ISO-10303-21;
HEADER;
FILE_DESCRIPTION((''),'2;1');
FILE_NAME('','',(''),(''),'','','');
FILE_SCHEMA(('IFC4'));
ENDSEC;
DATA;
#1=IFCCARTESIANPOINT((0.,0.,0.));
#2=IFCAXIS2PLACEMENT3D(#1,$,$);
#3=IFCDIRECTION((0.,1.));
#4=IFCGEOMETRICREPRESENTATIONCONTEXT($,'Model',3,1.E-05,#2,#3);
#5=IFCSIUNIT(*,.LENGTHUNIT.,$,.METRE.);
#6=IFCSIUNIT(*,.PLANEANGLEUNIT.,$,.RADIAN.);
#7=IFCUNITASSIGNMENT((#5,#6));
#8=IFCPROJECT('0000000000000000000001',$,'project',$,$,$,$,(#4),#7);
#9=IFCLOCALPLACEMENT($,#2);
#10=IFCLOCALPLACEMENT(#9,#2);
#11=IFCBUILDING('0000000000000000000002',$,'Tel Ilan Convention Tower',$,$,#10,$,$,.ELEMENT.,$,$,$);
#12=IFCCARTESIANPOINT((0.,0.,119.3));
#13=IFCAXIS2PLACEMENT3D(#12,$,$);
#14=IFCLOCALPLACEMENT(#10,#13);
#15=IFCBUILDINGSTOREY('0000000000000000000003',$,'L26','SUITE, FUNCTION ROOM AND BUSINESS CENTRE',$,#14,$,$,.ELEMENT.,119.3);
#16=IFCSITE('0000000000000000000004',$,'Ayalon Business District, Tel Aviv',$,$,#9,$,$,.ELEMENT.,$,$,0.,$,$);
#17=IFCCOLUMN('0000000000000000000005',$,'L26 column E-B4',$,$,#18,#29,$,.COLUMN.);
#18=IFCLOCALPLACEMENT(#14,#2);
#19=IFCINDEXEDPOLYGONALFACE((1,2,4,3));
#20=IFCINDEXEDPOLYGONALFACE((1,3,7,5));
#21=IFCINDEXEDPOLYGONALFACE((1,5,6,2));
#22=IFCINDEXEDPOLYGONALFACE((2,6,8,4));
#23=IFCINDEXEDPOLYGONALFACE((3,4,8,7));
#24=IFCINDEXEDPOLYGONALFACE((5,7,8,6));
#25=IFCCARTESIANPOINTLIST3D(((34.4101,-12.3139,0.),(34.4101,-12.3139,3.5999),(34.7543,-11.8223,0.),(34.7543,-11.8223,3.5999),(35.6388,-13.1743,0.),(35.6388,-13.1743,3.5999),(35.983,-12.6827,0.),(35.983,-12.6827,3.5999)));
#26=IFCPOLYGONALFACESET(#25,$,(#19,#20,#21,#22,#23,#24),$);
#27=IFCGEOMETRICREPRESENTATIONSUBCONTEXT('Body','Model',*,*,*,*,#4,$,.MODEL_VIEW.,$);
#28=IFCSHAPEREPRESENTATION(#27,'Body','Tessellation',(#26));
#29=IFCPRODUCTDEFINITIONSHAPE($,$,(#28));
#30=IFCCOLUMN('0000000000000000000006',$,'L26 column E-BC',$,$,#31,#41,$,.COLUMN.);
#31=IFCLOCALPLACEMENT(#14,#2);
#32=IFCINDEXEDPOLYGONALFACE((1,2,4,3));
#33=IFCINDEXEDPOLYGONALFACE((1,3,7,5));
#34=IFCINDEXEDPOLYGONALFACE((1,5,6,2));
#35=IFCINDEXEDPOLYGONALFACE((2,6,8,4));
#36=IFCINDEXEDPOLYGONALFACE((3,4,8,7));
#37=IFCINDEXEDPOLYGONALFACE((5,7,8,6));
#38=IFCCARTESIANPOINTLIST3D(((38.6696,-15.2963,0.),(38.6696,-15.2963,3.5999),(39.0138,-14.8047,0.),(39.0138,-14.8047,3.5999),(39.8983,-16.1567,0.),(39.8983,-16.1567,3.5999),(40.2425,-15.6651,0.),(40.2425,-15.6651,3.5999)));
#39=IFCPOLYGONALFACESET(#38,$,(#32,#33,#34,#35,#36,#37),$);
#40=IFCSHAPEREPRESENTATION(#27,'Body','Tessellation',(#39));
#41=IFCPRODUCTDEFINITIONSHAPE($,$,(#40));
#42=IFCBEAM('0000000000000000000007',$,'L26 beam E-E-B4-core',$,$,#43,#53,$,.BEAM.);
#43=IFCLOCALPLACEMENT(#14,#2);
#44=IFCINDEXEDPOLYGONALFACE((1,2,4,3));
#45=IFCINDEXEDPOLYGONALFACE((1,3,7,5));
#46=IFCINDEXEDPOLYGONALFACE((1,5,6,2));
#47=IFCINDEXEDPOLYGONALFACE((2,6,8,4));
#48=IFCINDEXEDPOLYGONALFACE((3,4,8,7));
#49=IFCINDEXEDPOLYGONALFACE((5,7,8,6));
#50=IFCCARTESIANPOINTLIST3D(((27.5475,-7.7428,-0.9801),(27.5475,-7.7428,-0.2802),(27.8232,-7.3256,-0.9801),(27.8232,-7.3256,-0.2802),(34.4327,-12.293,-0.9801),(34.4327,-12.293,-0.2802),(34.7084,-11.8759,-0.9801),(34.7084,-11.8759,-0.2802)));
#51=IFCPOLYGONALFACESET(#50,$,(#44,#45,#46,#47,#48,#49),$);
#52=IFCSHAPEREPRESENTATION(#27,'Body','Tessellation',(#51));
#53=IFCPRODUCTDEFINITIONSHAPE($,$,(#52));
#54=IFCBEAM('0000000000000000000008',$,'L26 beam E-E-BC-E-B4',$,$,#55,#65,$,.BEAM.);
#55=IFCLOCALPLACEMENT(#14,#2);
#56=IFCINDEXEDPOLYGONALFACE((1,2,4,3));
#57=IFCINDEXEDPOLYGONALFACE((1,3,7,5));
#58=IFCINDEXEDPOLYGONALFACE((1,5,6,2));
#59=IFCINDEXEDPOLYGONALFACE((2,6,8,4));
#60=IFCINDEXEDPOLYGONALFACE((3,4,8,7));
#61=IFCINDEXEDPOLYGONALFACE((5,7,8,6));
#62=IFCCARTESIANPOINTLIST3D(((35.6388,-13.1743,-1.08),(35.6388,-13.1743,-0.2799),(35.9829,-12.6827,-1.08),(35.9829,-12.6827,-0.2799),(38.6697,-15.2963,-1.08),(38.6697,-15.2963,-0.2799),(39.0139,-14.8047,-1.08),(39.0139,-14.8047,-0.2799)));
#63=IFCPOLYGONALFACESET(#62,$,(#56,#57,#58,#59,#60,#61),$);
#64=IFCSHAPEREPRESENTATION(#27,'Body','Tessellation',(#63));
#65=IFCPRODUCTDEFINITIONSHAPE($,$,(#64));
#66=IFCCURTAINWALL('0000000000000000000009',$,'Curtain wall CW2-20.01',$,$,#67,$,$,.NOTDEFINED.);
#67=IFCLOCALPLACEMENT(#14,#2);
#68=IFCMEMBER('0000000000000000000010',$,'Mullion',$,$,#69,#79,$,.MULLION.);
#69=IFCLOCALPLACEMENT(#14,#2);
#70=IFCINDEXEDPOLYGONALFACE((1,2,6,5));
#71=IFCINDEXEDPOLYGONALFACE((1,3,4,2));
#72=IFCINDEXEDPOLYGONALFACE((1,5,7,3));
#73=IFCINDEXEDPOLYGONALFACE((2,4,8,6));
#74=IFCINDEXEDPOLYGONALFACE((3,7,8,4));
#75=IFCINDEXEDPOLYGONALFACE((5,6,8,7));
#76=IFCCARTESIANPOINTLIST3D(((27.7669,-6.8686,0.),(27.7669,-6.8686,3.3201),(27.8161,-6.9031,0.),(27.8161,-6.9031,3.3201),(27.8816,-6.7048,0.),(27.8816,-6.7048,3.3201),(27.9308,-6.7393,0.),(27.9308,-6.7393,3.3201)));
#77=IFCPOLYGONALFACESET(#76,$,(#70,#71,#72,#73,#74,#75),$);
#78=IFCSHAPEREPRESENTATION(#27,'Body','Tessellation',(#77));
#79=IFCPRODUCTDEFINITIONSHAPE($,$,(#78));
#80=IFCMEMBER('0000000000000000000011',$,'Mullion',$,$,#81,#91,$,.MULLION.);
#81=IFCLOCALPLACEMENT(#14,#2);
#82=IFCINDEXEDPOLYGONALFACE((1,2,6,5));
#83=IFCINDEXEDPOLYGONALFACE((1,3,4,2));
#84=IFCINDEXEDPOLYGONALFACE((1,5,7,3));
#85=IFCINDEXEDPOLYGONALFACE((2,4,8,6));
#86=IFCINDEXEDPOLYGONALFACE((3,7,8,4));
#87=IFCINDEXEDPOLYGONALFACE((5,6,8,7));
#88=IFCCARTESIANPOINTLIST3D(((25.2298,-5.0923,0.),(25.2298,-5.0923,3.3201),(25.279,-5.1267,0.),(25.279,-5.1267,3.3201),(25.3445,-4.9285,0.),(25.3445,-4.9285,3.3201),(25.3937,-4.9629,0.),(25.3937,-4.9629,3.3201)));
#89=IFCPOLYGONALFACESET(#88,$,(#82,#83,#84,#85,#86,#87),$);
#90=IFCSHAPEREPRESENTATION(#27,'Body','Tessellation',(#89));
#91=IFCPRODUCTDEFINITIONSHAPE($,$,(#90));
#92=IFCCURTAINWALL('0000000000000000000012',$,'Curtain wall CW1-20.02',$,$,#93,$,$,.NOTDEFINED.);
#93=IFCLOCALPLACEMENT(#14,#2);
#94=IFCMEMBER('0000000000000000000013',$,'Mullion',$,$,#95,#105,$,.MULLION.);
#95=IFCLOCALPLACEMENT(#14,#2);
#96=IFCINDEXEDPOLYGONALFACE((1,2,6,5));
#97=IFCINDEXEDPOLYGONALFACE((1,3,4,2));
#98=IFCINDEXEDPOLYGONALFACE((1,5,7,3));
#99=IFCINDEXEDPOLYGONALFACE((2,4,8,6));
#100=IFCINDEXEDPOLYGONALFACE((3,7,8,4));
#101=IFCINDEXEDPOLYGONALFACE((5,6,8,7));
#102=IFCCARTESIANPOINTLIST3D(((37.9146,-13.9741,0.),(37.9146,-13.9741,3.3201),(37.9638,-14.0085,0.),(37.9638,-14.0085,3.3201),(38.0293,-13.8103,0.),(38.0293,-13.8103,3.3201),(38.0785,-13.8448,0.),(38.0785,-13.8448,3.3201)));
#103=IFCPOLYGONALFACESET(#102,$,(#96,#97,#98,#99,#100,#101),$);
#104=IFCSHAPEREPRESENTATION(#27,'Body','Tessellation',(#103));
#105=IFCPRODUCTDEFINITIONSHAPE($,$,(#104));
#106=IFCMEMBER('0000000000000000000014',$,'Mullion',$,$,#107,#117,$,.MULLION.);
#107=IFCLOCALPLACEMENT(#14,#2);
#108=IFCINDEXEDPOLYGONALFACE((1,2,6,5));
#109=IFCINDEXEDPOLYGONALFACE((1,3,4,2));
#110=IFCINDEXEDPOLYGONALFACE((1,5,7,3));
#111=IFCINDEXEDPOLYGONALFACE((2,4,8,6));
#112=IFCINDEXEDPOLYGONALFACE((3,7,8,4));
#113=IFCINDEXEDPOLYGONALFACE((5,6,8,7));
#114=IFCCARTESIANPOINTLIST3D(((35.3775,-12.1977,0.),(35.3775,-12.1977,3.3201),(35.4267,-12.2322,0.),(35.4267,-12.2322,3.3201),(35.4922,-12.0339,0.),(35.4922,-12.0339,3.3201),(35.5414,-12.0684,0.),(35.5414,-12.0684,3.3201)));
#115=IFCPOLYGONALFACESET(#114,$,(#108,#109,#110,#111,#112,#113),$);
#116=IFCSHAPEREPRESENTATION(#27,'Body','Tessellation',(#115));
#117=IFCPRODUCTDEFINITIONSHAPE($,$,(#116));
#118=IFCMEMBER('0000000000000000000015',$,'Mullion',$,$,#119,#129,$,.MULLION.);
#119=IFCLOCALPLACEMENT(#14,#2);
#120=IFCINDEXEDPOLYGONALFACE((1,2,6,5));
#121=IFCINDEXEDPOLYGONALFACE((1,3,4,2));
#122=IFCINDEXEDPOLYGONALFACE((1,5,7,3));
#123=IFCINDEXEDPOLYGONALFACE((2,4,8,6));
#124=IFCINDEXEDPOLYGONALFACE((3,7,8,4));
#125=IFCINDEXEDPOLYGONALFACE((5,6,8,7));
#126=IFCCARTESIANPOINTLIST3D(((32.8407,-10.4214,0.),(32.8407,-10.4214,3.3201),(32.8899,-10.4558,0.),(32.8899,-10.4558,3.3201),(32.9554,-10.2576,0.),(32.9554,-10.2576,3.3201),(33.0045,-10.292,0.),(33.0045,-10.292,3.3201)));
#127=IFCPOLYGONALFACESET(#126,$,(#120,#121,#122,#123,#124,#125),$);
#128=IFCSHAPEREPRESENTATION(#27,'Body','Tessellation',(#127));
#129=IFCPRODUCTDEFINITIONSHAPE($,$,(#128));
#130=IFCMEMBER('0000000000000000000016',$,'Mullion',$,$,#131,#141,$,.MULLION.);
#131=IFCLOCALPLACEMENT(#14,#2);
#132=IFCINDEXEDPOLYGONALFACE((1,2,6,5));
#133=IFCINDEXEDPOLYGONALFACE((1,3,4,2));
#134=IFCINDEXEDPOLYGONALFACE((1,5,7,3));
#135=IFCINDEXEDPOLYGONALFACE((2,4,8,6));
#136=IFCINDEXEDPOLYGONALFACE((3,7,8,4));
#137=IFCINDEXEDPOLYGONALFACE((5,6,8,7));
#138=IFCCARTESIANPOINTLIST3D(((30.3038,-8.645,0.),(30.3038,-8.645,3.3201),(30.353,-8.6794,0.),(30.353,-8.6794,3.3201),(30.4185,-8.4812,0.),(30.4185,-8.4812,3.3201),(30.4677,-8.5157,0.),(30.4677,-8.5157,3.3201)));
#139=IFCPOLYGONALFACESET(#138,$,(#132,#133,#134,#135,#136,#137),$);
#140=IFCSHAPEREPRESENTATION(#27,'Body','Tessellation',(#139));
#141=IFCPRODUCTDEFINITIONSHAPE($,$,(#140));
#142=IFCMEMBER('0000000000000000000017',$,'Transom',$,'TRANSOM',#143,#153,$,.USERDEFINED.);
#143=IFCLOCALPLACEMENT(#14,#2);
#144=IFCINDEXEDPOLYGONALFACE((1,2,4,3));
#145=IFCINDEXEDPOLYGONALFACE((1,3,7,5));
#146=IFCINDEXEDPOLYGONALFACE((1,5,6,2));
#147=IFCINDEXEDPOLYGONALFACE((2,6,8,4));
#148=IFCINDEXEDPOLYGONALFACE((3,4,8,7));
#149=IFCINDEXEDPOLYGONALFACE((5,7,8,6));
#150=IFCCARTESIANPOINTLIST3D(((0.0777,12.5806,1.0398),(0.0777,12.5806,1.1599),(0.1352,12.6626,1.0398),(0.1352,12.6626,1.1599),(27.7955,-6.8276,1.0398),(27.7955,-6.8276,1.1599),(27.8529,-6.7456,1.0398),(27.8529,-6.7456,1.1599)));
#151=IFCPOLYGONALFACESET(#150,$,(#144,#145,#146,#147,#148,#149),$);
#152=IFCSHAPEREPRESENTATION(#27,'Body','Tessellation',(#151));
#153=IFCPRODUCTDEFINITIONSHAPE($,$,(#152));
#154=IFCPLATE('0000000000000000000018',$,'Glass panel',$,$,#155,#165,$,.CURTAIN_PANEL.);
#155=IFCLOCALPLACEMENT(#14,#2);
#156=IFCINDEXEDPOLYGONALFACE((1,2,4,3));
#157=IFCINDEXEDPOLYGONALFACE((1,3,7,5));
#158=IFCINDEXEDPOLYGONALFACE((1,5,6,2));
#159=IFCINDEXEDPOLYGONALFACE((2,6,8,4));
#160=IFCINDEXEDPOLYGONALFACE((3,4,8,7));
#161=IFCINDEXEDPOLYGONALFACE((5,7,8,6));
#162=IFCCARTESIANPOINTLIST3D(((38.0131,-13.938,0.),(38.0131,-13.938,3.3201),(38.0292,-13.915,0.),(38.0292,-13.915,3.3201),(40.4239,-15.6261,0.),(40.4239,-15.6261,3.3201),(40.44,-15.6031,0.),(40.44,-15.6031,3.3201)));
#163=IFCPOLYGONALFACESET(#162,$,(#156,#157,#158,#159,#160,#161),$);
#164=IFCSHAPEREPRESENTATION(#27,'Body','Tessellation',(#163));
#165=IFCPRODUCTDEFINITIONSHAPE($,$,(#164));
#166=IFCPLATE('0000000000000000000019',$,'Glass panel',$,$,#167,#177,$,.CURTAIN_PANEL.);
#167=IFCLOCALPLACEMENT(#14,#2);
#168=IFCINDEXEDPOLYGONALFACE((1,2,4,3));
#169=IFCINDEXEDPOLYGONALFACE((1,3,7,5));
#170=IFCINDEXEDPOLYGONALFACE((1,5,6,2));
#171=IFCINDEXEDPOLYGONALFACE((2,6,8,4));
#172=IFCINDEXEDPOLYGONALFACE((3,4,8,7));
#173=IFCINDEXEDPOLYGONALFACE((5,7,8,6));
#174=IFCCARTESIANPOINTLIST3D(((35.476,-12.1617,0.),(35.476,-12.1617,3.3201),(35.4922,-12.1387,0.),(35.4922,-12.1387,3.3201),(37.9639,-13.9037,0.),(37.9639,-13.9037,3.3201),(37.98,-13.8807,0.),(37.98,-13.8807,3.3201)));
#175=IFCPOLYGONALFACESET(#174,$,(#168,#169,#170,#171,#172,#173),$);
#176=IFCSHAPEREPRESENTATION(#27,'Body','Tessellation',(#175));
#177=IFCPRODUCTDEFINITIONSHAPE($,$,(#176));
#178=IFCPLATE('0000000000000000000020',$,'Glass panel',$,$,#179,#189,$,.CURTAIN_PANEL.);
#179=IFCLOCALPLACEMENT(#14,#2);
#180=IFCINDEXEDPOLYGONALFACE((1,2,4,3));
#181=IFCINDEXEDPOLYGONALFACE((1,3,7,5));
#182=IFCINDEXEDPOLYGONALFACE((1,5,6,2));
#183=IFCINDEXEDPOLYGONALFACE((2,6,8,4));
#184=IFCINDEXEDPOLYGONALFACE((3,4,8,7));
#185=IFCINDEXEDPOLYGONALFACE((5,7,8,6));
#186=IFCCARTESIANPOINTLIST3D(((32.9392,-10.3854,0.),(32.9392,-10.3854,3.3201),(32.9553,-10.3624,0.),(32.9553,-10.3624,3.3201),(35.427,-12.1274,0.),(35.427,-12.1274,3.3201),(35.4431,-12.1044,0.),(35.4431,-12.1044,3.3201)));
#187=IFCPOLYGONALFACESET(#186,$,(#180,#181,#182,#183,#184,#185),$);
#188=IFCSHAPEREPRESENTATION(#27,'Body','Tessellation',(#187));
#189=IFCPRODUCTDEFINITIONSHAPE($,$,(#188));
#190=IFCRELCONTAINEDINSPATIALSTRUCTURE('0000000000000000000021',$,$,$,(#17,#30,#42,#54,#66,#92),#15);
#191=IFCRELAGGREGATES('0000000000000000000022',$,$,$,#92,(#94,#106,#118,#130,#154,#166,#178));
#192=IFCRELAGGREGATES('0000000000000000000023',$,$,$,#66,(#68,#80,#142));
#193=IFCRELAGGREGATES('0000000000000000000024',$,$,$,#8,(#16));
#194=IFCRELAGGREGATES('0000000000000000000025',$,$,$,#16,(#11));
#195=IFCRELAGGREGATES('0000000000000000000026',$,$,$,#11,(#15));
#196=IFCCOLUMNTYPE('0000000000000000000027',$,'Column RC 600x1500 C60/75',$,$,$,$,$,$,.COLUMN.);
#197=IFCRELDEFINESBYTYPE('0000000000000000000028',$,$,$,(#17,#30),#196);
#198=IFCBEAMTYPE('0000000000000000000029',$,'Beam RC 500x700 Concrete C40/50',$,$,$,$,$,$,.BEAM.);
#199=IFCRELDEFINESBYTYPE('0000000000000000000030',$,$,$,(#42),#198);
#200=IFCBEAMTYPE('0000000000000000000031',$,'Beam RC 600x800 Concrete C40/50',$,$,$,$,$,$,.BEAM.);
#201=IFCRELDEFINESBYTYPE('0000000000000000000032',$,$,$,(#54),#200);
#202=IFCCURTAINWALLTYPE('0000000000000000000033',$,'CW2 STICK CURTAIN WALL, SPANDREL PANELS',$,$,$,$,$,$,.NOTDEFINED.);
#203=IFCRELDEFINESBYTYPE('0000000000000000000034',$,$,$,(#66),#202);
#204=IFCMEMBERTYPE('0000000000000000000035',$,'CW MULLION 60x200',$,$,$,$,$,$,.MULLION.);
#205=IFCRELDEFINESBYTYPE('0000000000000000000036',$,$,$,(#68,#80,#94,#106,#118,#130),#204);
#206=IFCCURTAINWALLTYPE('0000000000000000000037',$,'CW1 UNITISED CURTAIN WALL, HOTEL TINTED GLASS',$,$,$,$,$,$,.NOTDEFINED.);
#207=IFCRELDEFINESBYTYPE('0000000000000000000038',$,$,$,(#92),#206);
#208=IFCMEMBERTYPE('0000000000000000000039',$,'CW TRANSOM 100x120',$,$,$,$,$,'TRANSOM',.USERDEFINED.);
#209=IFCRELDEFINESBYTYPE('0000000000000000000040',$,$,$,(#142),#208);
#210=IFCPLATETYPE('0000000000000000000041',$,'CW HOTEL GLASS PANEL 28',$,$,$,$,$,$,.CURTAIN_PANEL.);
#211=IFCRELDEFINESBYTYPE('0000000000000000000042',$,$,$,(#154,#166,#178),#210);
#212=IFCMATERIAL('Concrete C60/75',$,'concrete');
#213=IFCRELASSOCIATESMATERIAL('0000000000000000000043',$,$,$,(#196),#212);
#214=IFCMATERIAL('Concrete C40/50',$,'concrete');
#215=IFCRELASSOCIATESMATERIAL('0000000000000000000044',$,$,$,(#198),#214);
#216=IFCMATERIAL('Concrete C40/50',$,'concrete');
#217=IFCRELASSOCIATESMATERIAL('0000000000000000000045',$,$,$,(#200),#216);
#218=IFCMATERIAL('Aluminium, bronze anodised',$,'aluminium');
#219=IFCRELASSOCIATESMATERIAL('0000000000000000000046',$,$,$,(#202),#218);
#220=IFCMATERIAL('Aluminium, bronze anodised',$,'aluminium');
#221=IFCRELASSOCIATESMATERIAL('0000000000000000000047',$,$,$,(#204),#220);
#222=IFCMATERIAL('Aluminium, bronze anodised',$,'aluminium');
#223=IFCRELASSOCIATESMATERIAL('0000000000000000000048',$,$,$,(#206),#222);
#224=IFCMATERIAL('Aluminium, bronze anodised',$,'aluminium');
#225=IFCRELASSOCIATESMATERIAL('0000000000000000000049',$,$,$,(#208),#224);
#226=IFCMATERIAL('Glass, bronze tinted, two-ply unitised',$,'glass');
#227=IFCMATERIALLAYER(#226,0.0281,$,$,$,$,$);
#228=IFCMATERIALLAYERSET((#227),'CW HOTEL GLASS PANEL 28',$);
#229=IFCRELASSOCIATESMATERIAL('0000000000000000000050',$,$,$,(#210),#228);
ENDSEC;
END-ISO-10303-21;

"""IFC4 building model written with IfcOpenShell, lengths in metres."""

from ifc_helpers import new_model, si_unit, direction, frame, origin, origin_2d, place, context, subcontext, project, spatial, rectangle, extrude, material, layer, layer_set, material_profile, profile_set, type_object, element, aggregate, save


model = new_model("IFC4")

# Units and contexts
model_context = context("Model", 3, precision=1e-05, world=origin(), true_north=direction((0.0, 1.0)))
body_context = subcontext(model_context, "Body", "Model", "MODEL_VIEW")
ifc_project = project(units=[si_unit("LENGTHUNIT", "METRE"), si_unit("PLANEANGLEUNIT", "RADIAN")], contexts=[model_context])

# Site, building, storey
site_placement = place(None, origin())
site = spatial("IfcSite", under=ifc_project, at=site_placement, Name="Ayalon Business District, Tel Aviv", CompositionType="ELEMENT", RefElevation=0.0)
building_placement = place(site_placement, origin())
building = spatial("IfcBuilding", under=site, at=building_placement, Name="Tel Ilan Convention Tower", CompositionType="ELEMENT")
storey_placement = place(building_placement, frame((0.0, 0.0, 119.3)))
storey = spatial("IfcBuildingStorey", under=building, at=storey_placement, Name="L26", Description="SUITE, FUNCTION ROOM AND BUSINESS CENTRE", CompositionType="ELEMENT", Elevation=119.3)

# Columns
ifc_material_1 = material(Name="Concrete C60/75", Category="concrete")
ifc_material_profile_1 = material_profile(ifc_material_1, rectangle(XDim=1.5, YDim=0.6001, at=origin_2d()), Name="RC 600x1500")
ifc_profile_set_1 = profile_set([ifc_material_profile_1], Name="Concrete C60/75")
column_type = type_object("IfcColumnType", Name="Column RC 600x1500 C60/75", PredefinedType="COLUMN", material=ifc_profile_set_1)
for number, where, z_axis, x_axis, name in (
    (1, (35.1965, -12.4983, 0.0), (0.0, 0.0, 1.0), (0.819152, -0.573576, 0.0), "L26 column E-B4"),
    (2, (39.4561, -15.4807, 0.0), (0.0, 0.0, 1.0), (0.819152, -0.573576, 0.0), "L26 column E-BC"),
):
    element("IfcColumn", number, at=place(storey_placement, frame(where, z_axis=z_axis, x_axis=x_axis)), inside=storey, type_object=column_type, Name=name, PredefinedType="COLUMN", context=body_context, shape_type="SweptSolid", body=[
        extrude(rectangle(XDim=1.5, YDim=0.6001, at=origin_2d()), origin(), (0.0, 0.0, 1.0), 3.5999),
    ])

# Beams
ifc_material_2 = material(Name="Concrete C40/50", Category="concrete")
ifc_material_profile_2 = material_profile(ifc_material_2, rectangle(XDim=0.5, YDim=0.7, at=origin_2d()), Name="RC 500x700")
ifc_profile_set_2 = profile_set([ifc_material_profile_2], Name="Concrete C40/50")
beam_type_1 = type_object("IfcBeamType", Name="Beam RC 500x700 Concrete C40/50", PredefinedType="BEAM", material=ifc_profile_set_2)
beam_1_placement = place(storey_placement, frame((34.5706, -12.0845, -0.6301), z_axis=(-0.834274, 0.551351, 0.0), x_axis=(-0.551351, -0.834274, 0.0)))
element("IfcBeam", 3, at=beam_1_placement, inside=storey, type_object=beam_type_1, Name="L26 beam E-E-B4-core", PredefinedType="BEAM", context=body_context, shape_type="SweptSolid", body=[
    extrude(rectangle(XDim=0.5, YDim=0.7, at=origin_2d()), origin(), (0.0, 0.0, 1.0), 8.2529),
])
ifc_material_3 = material(Name="Concrete C40/50", Category="concrete")
ifc_material_profile_3 = material_profile(ifc_material_3, rectangle(XDim=0.6001, YDim=0.8, at=origin_2d()), Name="RC 600x800")
ifc_profile_set_3 = profile_set([ifc_material_profile_3], Name="Concrete C40/50")
beam_type_2 = type_object("IfcBeamType", Name="Beam RC 600x800 Concrete C40/50", PredefinedType="BEAM", material=ifc_profile_set_3)
beam_2_placement = place(storey_placement, frame((38.8418, -15.0505, -0.6799), z_axis=(-0.819185, 0.573529, 0.0), x_axis=(-0.573529, -0.819185, 0.0)))
element("IfcBeam", 4, at=beam_2_placement, inside=storey, type_object=beam_type_2, Name="L26 beam E-E-BC-E-B4", PredefinedType="BEAM", context=body_context, shape_type="SweptSolid", body=[
    extrude(rectangle(XDim=0.6001, YDim=0.8, at=origin_2d()), origin(), (0.0, 0.0, 1.0), 3.7),
])

# Curtain walls, members
ifc_material_4 = material(Name="Aluminium, bronze anodised", Category="aluminium")
curtain_wall_type_1 = type_object("IfcCurtainWallType", Name="CW2 STICK CURTAIN WALL, SPANDREL PANELS", PredefinedType="NOTDEFINED", material=ifc_material_4)
curtain_wall_1_placement = place(storey_placement, origin())
curtain_wall_1 = element("IfcCurtainWall", 5, at=curtain_wall_1_placement, inside=storey, type_object=curtain_wall_type_1, Name="Curtain wall CW2-20.01", PredefinedType="NOTDEFINED")
ifc_material_5 = material(Name="Aluminium, bronze anodised", Category="aluminium")
ifc_material_profile_4 = material_profile(ifc_material_5, rectangle(XDim=0.0601, YDim=0.2, at=origin_2d()), Name="CW MULLION 60x200")
ifc_profile_set_4 = profile_set([ifc_material_profile_4], Name="Aluminium, bronze anodised")
member_type_1 = type_object("IfcMemberType", Name="CW MULLION 60x200", PredefinedType="MULLION", material=ifc_profile_set_4)
member_1_placement = place(storey_placement, frame((27.8489, -6.804, 0.0), z_axis=(0.0, 0.0, 1.0), x_axis=(-0.819152, 0.573576, 0.0)))
member_1 = element("IfcMember", 6, at=member_1_placement, type_object=member_type_1, Name="Mullion", PredefinedType="MULLION", context=body_context, shape_type="SweptSolid", body=[
    extrude(rectangle(XDim=0.0601, YDim=0.2, at=origin_2d()), origin(), (0.0, 0.0, 1.0), 3.3201),
])
member_2_placement = place(storey_placement, frame((25.3118, -5.0276, 0.0), z_axis=(0.0, 0.0, 1.0), x_axis=(-0.819152, 0.573576, 0.0)))
member_2 = element("IfcMember", 7, at=member_2_placement, type_object=member_type_1, Name="Mullion", PredefinedType="MULLION", context=body_context, shape_type="SweptSolid", body=[
    extrude(rectangle(XDim=0.0601, YDim=0.2, at=origin_2d()), origin(), (0.0, 0.0, 1.0), 3.3201),
])
ifc_material_6 = material(Name="Aluminium, bronze anodised", Category="aluminium")
curtain_wall_type_2 = type_object("IfcCurtainWallType", Name="CW1 UNITISED CURTAIN WALL, HOTEL TINTED GLASS", PredefinedType="NOTDEFINED", material=ifc_material_6)
curtain_wall_2_placement = place(storey_placement, origin())
curtain_wall_2 = element("IfcCurtainWall", 8, at=curtain_wall_2_placement, inside=storey, type_object=curtain_wall_type_2, Name="Curtain wall CW1-20.02", PredefinedType="NOTDEFINED")
member_3_placement = place(storey_placement, frame((37.9966, -13.9094, 0.0), z_axis=(0.0, 0.0, 1.0), x_axis=(-0.819152, 0.573576, 0.0)))
member_3 = element("IfcMember", 9, at=member_3_placement, type_object=member_type_1, Name="Mullion", PredefinedType="MULLION", context=body_context, shape_type="SweptSolid", body=[
    extrude(rectangle(XDim=0.0601, YDim=0.2, at=origin_2d()), origin(), (0.0, 0.0, 1.0), 3.3201),
])
member_4_placement = place(storey_placement, frame((35.4595, -12.1331, 0.0), z_axis=(0.0, 0.0, 1.0), x_axis=(-0.819152, 0.573576, 0.0)))
member_4 = element("IfcMember", 10, at=member_4_placement, type_object=member_type_1, Name="Mullion", PredefinedType="MULLION", context=body_context, shape_type="SweptSolid", body=[
    extrude(rectangle(XDim=0.0601, YDim=0.2, at=origin_2d()), origin(), (0.0, 0.0, 1.0), 3.3201),
])
member_5_placement = place(storey_placement, frame((32.9226, -10.3567, 0.0), z_axis=(0.0, 0.0, 1.0), x_axis=(-0.819152, 0.573576, 0.0)))
member_5 = element("IfcMember", 11, at=member_5_placement, type_object=member_type_1, Name="Mullion", PredefinedType="MULLION", context=body_context, shape_type="SweptSolid", body=[
    extrude(rectangle(XDim=0.0601, YDim=0.2, at=origin_2d()), origin(), (0.0, 0.0, 1.0), 3.3201),
])
member_6_placement = place(storey_placement, frame((30.3857, -8.5803, 0.0), z_axis=(0.0, 0.0, 1.0), x_axis=(-0.819152, 0.573576, 0.0)))
member_6 = element("IfcMember", 12, at=member_6_placement, type_object=member_type_1, Name="Mullion", PredefinedType="MULLION", context=body_context, shape_type="SweptSolid", body=[
    extrude(rectangle(XDim=0.0601, YDim=0.2, at=origin_2d()), origin(), (0.0, 0.0, 1.0), 3.3201),
])

# Member
ifc_material_7 = material(Name="Aluminium, bronze anodised", Category="aluminium")
ifc_material_profile_5 = material_profile(ifc_material_7, rectangle(XDim=0.1001, YDim=0.1201, at=origin_2d()), Name="CW TRANSOM 100x120")
ifc_profile_set_5 = profile_set([ifc_material_profile_5], Name="Aluminium, bronze anodised")
member_type_2 = type_object("IfcMemberType", Name="CW TRANSOM 100x120", ElementType="TRANSOM", PredefinedType="USERDEFINED", material=ifc_profile_set_5)
member_7_placement = place(storey_placement, frame((27.8242, -6.7866, 1.0999), z_axis=(-0.819152, 0.573577, 0.0), x_axis=(-0.573577, -0.819152, 0.0)))
member_7 = element("IfcMember", 13, at=member_7_placement, type_object=member_type_2, Name="Transom", ObjectType="TRANSOM", PredefinedType="USERDEFINED", context=body_context, shape_type="SweptSolid", body=[
    extrude(rectangle(XDim=0.1001, YDim=0.1201, at=origin_2d()), origin(), (0.0, 0.0, 1.0), 33.8372),
])

# Plates
ifc_material_8 = material(Name="Glass, bronze tinted, two-ply unitised", Category="glass")
ifc_layer_1 = layer(ifc_material_8, 0.0281)
ifc_layer_set_1 = layer_set([ifc_layer_1], Name="CW HOTEL GLASS PANEL 28")
plate_type_1 = type_object("IfcPlateType", Name="CW HOTEL GLASS PANEL 28", PredefinedType="CURTAIN_PANEL", material=ifc_layer_set_1)
plate_1_placement = place(storey_placement, frame((39.2266, -14.7705, 0.0), z_axis=(0.0, 0.0, 1.0), x_axis=(-0.819152, 0.573576, 0.0)))
plate_1 = element("IfcPlate", 14, at=plate_1_placement, type_object=plate_type_1, Name="Glass panel", PredefinedType="CURTAIN_PANEL", context=body_context, shape_type="SweptSolid", body=[
    extrude(rectangle(XDim=2.9431, YDim=0.0281, at=origin_2d()), origin(), (0.0, 0.0, 1.0), 3.3201),
])
plate_2_placement = place(storey_placement, frame((36.728, -13.0212, 0.0), z_axis=(0.0, 0.0, 1.0), x_axis=(-0.819152, 0.573576, 0.0)))
plate_2 = element("IfcPlate", 15, at=plate_2_placement, type_object=plate_type_1, Name="Glass panel", PredefinedType="CURTAIN_PANEL", context=body_context, shape_type="SweptSolid", body=[
    extrude(rectangle(XDim=3.0371, YDim=0.0281, at=origin_2d()), origin(), (0.0, 0.0, 1.0), 3.3201),
])
plate_3_placement = place(storey_placement, frame((34.1912, -11.2449, 0.0), z_axis=(0.0, 0.0, 1.0), x_axis=(-0.819152, 0.573576, 0.0)))
plate_3 = element("IfcPlate", 16, at=plate_3_placement, type_object=plate_type_1, Name="Glass panel", PredefinedType="CURTAIN_PANEL", context=body_context, shape_type="SweptSolid", body=[
    extrude(rectangle(XDim=3.0371, YDim=0.0281, at=origin_2d()), origin(), (0.0, 0.0, 1.0), 3.3201),
])
aggregate(curtain_wall_2, [member_3, member_4, member_5, member_6, plate_1, plate_2, plate_3])
aggregate(curtain_wall_1, [member_1, member_2, member_7])

save(model, "model.ifc")
